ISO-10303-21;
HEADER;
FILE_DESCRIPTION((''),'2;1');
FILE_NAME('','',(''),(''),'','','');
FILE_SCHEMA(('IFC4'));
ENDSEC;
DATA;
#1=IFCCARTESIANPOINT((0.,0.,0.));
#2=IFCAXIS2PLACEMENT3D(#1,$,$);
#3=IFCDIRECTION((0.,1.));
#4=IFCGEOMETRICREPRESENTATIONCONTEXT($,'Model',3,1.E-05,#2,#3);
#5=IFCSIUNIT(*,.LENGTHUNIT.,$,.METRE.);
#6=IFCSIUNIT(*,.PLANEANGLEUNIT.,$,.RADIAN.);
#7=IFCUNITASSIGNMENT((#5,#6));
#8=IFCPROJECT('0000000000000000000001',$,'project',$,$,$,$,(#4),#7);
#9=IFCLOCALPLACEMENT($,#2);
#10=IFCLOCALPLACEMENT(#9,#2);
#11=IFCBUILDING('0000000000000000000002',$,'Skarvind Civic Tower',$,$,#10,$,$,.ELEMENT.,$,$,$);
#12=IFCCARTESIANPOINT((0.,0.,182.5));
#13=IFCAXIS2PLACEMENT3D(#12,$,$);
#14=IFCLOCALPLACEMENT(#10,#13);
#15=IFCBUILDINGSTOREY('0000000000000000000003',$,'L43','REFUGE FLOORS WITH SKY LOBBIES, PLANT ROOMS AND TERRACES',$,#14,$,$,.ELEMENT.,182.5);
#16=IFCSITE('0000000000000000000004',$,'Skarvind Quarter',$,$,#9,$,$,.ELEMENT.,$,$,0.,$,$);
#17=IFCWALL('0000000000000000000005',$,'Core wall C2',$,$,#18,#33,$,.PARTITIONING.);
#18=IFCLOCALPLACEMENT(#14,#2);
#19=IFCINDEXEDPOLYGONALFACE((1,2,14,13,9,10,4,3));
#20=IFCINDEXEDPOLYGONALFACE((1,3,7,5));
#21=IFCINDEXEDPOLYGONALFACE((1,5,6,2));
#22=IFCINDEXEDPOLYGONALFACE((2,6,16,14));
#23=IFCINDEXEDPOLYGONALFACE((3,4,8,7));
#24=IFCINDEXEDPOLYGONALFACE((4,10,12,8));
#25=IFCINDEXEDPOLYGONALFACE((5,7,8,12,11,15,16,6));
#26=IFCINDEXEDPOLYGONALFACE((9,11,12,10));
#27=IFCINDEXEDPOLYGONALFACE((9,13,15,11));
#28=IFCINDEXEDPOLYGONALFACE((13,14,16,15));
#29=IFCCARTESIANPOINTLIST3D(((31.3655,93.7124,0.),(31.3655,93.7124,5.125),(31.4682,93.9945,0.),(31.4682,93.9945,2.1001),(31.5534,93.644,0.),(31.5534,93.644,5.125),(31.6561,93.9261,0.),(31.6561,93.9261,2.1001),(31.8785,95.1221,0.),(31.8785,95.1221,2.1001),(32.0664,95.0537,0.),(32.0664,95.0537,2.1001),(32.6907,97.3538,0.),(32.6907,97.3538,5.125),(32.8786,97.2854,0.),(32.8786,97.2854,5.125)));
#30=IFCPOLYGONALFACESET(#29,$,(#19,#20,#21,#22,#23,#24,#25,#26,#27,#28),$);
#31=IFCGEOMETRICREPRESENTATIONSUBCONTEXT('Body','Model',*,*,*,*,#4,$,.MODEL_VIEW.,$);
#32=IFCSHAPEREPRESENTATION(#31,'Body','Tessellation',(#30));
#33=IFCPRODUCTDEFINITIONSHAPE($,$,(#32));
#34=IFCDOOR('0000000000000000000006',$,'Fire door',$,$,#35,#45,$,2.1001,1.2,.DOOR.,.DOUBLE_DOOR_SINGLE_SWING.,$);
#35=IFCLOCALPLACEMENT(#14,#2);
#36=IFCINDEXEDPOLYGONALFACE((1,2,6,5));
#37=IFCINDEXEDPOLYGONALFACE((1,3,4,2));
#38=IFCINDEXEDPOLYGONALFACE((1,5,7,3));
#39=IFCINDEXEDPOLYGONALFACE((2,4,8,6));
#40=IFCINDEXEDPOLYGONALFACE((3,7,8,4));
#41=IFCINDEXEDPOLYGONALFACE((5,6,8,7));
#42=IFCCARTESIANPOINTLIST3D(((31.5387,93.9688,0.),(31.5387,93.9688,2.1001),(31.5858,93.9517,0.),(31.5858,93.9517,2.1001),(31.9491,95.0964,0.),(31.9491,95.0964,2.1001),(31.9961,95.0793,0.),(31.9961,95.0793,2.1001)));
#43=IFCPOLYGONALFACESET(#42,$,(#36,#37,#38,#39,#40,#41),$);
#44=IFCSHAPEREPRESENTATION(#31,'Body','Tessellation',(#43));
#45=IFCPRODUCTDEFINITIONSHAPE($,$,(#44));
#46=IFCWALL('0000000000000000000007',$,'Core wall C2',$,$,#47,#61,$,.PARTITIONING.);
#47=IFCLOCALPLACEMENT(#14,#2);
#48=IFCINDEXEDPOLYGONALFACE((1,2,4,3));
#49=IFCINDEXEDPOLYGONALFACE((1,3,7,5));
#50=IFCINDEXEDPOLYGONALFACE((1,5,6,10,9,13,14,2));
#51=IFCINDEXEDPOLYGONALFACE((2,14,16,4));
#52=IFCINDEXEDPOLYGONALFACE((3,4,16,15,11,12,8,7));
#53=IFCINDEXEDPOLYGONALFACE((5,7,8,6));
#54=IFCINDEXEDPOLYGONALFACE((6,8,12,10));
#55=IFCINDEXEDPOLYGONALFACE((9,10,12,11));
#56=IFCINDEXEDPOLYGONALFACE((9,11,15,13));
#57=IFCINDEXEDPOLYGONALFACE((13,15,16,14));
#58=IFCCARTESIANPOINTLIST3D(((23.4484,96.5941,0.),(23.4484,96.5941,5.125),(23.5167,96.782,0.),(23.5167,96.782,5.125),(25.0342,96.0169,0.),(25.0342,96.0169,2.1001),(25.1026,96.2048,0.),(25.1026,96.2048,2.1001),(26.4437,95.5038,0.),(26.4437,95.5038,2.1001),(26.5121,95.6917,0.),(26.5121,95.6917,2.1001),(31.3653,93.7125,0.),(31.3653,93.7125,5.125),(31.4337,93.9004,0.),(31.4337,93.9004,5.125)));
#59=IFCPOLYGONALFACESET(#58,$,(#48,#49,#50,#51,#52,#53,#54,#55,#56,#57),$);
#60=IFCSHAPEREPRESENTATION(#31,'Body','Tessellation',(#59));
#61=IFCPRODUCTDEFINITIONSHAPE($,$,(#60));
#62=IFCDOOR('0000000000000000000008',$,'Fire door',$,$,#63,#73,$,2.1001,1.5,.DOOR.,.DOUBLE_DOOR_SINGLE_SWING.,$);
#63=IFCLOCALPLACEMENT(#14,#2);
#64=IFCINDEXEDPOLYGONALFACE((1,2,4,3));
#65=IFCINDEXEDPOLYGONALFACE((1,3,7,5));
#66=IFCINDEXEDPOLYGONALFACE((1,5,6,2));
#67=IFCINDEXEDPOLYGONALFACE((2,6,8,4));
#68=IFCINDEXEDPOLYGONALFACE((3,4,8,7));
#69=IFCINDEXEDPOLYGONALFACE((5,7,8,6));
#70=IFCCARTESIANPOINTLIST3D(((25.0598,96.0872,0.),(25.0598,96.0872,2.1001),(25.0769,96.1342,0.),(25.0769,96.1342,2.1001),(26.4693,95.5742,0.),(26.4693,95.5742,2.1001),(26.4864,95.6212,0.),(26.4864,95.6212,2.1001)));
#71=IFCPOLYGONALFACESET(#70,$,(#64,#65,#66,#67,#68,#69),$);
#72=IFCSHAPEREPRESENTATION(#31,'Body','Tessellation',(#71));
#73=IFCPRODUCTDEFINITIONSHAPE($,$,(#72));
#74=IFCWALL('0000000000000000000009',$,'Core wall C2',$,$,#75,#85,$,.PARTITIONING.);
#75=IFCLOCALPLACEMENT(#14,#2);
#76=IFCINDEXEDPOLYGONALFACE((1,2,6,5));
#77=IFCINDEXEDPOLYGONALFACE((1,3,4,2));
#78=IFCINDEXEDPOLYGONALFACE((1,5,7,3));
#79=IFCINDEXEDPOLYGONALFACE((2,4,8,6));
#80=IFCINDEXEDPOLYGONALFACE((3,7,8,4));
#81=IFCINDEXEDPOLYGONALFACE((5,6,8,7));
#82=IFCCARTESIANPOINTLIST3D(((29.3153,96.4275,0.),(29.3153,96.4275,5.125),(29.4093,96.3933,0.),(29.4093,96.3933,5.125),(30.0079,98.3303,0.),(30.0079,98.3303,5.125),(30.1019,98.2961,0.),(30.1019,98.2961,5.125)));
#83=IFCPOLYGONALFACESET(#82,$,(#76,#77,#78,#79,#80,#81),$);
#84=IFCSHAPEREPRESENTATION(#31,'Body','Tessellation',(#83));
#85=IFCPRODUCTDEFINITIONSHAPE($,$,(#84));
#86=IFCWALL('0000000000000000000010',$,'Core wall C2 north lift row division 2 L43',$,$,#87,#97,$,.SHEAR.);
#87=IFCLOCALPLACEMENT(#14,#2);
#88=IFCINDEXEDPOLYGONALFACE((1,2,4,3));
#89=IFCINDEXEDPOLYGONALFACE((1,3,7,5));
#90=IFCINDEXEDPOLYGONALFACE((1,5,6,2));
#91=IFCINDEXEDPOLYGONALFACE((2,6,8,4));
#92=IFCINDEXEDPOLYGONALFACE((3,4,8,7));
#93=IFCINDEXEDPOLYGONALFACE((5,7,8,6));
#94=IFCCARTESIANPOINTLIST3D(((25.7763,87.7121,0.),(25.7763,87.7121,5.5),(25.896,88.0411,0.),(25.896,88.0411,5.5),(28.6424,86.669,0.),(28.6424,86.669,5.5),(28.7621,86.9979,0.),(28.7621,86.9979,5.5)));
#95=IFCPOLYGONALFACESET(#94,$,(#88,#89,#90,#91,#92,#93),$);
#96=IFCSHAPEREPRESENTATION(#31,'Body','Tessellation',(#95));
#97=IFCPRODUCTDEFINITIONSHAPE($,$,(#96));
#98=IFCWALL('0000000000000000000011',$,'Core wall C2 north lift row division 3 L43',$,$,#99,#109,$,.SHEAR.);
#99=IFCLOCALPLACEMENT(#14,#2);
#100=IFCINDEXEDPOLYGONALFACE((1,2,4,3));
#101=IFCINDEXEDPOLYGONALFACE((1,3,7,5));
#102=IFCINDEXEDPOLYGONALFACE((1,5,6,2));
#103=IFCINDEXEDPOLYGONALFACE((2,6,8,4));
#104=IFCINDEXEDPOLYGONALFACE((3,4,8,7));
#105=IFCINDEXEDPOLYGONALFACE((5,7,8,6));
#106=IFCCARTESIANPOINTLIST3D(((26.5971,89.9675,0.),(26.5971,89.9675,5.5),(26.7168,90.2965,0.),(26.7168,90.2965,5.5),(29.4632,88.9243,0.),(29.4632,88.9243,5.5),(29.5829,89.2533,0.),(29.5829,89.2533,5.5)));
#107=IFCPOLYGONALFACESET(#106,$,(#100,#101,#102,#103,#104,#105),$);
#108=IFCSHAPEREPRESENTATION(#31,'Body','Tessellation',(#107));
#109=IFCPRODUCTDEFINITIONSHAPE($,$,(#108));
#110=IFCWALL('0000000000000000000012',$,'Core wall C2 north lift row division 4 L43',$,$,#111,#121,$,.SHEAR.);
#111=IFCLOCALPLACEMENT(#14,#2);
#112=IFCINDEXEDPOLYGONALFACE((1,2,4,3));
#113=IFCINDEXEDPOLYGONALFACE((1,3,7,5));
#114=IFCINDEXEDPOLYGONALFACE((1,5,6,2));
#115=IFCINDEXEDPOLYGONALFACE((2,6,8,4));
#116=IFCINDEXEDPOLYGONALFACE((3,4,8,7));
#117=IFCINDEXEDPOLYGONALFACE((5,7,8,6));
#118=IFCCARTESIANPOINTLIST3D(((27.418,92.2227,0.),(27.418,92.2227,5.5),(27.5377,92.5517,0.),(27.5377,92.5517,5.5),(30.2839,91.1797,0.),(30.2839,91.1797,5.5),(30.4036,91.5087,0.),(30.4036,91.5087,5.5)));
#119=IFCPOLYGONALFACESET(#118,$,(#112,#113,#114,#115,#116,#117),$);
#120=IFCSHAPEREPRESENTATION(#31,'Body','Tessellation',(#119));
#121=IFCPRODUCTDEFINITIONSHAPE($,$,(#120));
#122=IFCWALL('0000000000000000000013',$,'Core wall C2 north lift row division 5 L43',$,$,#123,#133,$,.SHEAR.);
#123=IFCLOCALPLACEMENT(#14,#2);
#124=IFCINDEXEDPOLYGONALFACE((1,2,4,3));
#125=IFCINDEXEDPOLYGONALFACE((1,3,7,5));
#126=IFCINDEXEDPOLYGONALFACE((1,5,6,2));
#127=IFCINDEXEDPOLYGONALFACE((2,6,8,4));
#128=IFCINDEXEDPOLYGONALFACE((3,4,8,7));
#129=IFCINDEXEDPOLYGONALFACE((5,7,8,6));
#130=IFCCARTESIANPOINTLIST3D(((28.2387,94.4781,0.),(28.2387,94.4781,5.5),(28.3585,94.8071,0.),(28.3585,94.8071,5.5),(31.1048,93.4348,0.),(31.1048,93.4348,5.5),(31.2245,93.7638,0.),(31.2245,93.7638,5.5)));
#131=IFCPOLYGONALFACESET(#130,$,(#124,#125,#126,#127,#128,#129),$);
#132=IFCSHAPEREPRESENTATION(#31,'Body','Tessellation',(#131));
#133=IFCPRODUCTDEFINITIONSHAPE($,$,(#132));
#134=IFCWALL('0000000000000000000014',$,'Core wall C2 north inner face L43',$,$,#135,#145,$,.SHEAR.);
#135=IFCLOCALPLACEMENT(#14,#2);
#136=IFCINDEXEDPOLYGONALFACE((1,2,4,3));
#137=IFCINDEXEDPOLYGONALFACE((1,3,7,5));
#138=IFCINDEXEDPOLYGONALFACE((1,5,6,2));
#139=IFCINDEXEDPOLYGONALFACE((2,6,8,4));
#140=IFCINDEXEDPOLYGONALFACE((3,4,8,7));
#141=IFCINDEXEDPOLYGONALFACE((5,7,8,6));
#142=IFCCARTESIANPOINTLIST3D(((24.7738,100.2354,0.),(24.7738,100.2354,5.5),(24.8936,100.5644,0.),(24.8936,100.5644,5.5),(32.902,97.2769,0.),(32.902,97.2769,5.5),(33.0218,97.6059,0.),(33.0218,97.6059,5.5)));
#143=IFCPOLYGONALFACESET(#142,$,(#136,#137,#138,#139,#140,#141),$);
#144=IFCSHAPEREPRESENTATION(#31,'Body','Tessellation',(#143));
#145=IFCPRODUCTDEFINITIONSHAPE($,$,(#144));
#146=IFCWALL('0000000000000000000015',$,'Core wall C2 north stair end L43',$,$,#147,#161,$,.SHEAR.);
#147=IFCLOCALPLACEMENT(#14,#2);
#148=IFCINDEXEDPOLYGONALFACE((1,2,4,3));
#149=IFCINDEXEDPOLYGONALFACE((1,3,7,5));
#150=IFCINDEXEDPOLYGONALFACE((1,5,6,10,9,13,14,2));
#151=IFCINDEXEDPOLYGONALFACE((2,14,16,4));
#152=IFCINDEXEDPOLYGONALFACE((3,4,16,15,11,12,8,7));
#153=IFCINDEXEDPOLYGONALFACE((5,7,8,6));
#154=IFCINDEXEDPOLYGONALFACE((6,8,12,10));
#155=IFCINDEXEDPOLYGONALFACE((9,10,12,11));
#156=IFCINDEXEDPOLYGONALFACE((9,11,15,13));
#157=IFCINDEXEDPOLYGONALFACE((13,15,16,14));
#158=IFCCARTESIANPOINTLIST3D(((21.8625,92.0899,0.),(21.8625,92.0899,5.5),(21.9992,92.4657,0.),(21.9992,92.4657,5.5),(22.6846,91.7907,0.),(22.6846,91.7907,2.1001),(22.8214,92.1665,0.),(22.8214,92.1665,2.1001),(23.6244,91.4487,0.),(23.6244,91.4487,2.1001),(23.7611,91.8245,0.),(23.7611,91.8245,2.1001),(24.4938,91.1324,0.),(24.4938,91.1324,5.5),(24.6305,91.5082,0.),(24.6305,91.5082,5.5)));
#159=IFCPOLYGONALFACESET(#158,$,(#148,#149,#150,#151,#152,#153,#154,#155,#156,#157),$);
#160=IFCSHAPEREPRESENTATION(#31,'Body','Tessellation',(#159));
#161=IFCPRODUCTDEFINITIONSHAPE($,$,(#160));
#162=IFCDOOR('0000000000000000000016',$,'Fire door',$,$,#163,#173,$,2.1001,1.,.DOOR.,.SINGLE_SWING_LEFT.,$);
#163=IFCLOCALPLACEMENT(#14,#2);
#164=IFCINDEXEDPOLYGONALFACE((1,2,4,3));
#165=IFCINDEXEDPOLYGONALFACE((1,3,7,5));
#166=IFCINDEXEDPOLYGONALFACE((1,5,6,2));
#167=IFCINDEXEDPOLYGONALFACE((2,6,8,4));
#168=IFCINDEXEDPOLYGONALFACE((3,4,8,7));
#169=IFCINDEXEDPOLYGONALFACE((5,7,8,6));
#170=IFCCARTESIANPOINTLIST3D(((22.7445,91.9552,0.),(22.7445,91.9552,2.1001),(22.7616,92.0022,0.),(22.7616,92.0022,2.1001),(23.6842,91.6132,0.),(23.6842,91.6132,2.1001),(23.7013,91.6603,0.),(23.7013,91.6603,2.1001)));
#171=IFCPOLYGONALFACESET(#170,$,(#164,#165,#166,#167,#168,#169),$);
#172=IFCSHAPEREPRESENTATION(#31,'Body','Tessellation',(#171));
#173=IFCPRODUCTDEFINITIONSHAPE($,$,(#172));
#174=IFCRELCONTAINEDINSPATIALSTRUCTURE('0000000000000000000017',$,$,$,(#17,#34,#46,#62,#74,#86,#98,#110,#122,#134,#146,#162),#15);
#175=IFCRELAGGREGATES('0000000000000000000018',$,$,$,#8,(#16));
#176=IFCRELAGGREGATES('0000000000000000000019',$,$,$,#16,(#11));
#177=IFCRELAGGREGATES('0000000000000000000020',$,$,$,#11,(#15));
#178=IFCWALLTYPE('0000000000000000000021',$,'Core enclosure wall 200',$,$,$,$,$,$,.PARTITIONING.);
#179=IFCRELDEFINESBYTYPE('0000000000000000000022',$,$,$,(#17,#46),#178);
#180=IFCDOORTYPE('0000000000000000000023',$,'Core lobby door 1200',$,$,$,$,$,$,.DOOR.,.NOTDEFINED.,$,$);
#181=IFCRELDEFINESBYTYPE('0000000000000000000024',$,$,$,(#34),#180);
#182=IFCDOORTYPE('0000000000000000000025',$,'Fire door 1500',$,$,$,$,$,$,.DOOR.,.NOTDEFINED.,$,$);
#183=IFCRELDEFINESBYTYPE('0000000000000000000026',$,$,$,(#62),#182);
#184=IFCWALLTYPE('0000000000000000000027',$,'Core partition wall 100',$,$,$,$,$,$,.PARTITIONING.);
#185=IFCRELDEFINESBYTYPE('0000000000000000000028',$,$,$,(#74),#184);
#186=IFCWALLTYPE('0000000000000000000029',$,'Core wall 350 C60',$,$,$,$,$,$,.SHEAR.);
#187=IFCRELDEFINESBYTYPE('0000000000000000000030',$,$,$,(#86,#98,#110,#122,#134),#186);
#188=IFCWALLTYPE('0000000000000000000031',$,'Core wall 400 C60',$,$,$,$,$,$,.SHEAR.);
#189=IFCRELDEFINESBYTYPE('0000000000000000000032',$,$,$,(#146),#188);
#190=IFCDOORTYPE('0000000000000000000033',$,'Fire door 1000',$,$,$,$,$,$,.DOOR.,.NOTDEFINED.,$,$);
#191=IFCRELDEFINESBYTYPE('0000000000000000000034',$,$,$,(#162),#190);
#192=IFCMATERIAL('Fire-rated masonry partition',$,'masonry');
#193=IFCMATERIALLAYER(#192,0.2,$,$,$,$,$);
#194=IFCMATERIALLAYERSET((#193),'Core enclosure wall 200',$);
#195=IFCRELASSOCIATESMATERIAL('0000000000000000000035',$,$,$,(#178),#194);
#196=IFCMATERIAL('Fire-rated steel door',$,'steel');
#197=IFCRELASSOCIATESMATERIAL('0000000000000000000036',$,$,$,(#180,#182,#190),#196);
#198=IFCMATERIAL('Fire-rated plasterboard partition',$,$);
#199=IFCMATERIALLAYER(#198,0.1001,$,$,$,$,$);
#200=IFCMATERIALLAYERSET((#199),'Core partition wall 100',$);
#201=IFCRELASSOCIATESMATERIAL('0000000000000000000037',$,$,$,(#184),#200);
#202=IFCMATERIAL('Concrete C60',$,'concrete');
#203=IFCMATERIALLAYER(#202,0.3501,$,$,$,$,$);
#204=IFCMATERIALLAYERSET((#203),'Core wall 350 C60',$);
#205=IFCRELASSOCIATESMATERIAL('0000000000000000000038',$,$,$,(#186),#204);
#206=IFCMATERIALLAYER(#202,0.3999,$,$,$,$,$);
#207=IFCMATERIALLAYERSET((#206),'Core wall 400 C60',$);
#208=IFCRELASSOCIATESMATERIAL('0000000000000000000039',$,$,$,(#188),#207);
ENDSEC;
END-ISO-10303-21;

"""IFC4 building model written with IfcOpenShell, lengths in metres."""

from ifc_helpers import new_model, si_unit, direction, frame, frame_2d, origin, place, context, subcontext, project, spatial, rectangle, extrude, material, layer, layer_set, type_object, element, fill, save


model = new_model("IFC4")

# Units and contexts
model_context = context("Model", 3, precision=1e-05, world=origin(), true_north=direction((0.0, 1.0)))
body_context = subcontext(model_context, "Body", "Model", "MODEL_VIEW")
ifc_project = project(units=[si_unit("LENGTHUNIT", "METRE"), si_unit("PLANEANGLEUNIT", "RADIAN")], contexts=[model_context])

# Site, building, storey
site_placement = place(None, origin())
site = spatial("IfcSite", under=ifc_project, at=site_placement, Name="Skarvind Quarter", CompositionType="ELEMENT", RefElevation=0.0)
building_placement = place(site_placement, origin())
building = spatial("IfcBuilding", under=site, at=building_placement, Name="Skarvind Civic Tower", CompositionType="ELEMENT")
storey_placement = place(building_placement, frame((0.0, 0.0, 182.5)))
storey = spatial("IfcBuildingStorey", under=building, at=storey_placement, Name="L43", Description="REFUGE FLOORS WITH SKY LOBBIES, PLANT ROOMS AND TERRACES", CompositionType="ELEMENT", Elevation=182.5)

# Walls, openings, doors
ifc_material_1 = material(Name="Fire-rated masonry partition", Category="masonry")
ifc_layer_1 = layer(ifc_material_1, 0.2)
ifc_layer_set_1 = layer_set([ifc_layer_1], Name="Core enclosure wall 200")
wall_type_1 = type_object("IfcWallType", Name="Core enclosure wall 200", PredefinedType="PARTITIONING", material=ifc_layer_set_1)
wall_1_placement = place(storey_placement, frame((31.4595, 93.6782, 0.0), z_axis=(0.0, 0.0, 1.0), x_axis=(0.341986, 0.939705, 0.0)))
wall_1 = element("IfcWall", 1, at=wall_1_placement, inside=storey, type_object=wall_type_1, Name="Core wall C2", PredefinedType="PARTITIONING", context=body_context, shape_type="SweptSolid", body=[
    extrude(rectangle(XDim=3.875, YDim=0.2, at=frame_2d((1.9375, 0.0))), origin(), (0.0, 0.0, 1.0), 5.125),
])
opening_1_placement = place(wall_1_placement, frame((0.3, 0.0, 0.0)))
opening_1 = element("IfcOpeningElement", 2, at=opening_1_placement, cuts=wall_1, PredefinedType="OPENING", context=body_context, shape_type="SweptSolid", body=[
    extrude(rectangle(XDim=1.2, YDim=2.1001, at=frame_2d((0.6001, 1.05))), frame((0.0, 0.1099, 0.0), z_axis=(0.0, -1.0, 0.0), x_axis=(1.0, 0.0, 0.0)), (0.0, 0.0, 1.0), 0.22),
])
ifc_material_2 = material(Name="Fire-rated steel door", Category="steel")
door_type_1 = type_object("IfcDoorType", Name="Core lobby door 1200", OperationType="NOTDEFINED", PredefinedType="DOOR", material=ifc_material_2)
door_1_placement = place(opening_1_placement, origin())
door_1 = element("IfcDoor", 3, at=door_1_placement, inside=storey, type_object=door_type_1, Name="Fire door", OperationType="DOUBLE_DOOR_SINGLE_SWING", OverallHeight=2.1001, OverallWidth=1.2, PredefinedType="DOOR", context=body_context, shape_type="SweptSolid", body=[
    extrude(rectangle(XDim=1.2, YDim=2.1001, at=frame_2d((0.6001, 1.05))), frame((0.0, 0.0249, 0.0), z_axis=(0.0, -1.0, 0.0), x_axis=(1.0, 0.0, 0.0)), (0.0, 0.0, 1.0), 0.05),
])
fill(opening_1, door_1)
wall_2_placement = place(storey_placement, frame((23.4827, 96.688, 0.0), z_axis=(0.0, 0.0, 1.0), x_axis=(0.939691, -0.342025, 0.0)))
wall_2 = element("IfcWall", 4, at=wall_2_placement, inside=storey, type_object=wall_type_1, Name="Core wall C2", PredefinedType="PARTITIONING", context=body_context, shape_type="SweptSolid", body=[
    extrude(rectangle(XDim=8.425, YDim=0.2, at=frame_2d((4.2124, 0.0))), origin(), (0.0, 0.0, 1.0), 5.125),
])
opening_2_placement = place(wall_2_placement, frame((1.6875, 0.0, 0.0)))
opening_2 = element("IfcOpeningElement", 5, at=opening_2_placement, cuts=wall_2, PredefinedType="OPENING", context=body_context, shape_type="SweptSolid", body=[
    extrude(rectangle(XDim=1.5, YDim=2.1001, at=frame_2d((0.75, 1.05))), frame((0.0, 0.1099, 0.0), z_axis=(0.0, -1.0, 0.0), x_axis=(1.0, 0.0, 0.0)), (0.0, 0.0, 1.0), 0.22),
])
door_type_2 = type_object("IfcDoorType", Name="Fire door 1500", OperationType="NOTDEFINED", PredefinedType="DOOR", material=ifc_material_2)
door_2_placement = place(opening_2_placement, origin())
door_2 = element("IfcDoor", 6, at=door_2_placement, inside=storey, type_object=door_type_2, Name="Fire door", OperationType="DOUBLE_DOOR_SINGLE_SWING", OverallHeight=2.1001, OverallWidth=1.5, PredefinedType="DOOR", context=body_context, shape_type="SweptSolid", body=[
    extrude(rectangle(XDim=1.5, YDim=2.1001, at=frame_2d((0.75, 1.05))), frame((0.0, 0.0249, 0.0), z_axis=(0.0, -1.0, 0.0), x_axis=(1.0, 0.0, 0.0)), (0.0, 0.0, 1.0), 0.05),
])
fill(opening_2, door_2)

# Walls
ifc_material_3 = material(Name="Fire-rated plasterboard partition")
ifc_layer_2 = layer(ifc_material_3, 0.1001)
ifc_layer_set_2 = layer_set([ifc_layer_2], Name="Core partition wall 100")
wall_type_2 = type_object("IfcWallType", Name="Core partition wall 100", PredefinedType="PARTITIONING", material=ifc_layer_set_2)
wall_3_placement = place(storey_placement, frame((29.3623, 96.4104, 0.0), z_axis=(0.0, 0.0, 1.0), x_axis=(0.342043, 0.939684, 0.0)))
element("IfcWall", 7, at=wall_3_placement, inside=storey, type_object=wall_type_2, Name="Core wall C2", PredefinedType="PARTITIONING", context=body_context, shape_type="SweptSolid", body=[
    extrude(rectangle(XDim=2.0249, YDim=0.1001, at=frame_2d((1.0125, 0.0))), origin(), (0.0, 0.0, 1.0), 5.125),
])
ifc_material_4 = material(Name="Concrete C60", Category="concrete")
ifc_layer_3 = layer(ifc_material_4, 0.3501)
ifc_layer_set_3 = layer_set([ifc_layer_3], Name="Core wall 350 C60")
wall_type_3 = type_object("IfcWallType", Name="Core wall 350 C60", PredefinedType="SHEAR", material=ifc_layer_set_3)
for number, where, z_axis, x_axis, name in (
    (8, (28.7021, 86.8335, 0.0), (0.0, 0.0, 1.0), (-0.939693, 0.342019, 0.0), "Core wall C2 north lift row division 2 L43"),
    (9, (29.5229, 89.0889, 0.0), (0.0, 0.0, 1.0), (-0.939693, 0.342019, 0.0), "Core wall C2 north lift row division 3 L43"),
):
    element("IfcWall", number, at=place(storey_placement, frame(where, z_axis=z_axis, x_axis=x_axis)), inside=storey, type_object=wall_type_3, Name=name, PredefinedType="SHEAR", context=body_context, shape_type="SweptSolid", body=[
        extrude(rectangle(XDim=3.05, YDim=0.3501, at=frame_2d((1.5249, 0.0))), origin(), (0.0, 0.0, 1.0), 5.5),
    ])
wall_4_placement = place(storey_placement, frame((30.3438, 91.3442, 0.0), z_axis=(0.0, 0.0, 1.0), x_axis=(-0.939709, 0.341974, 0.0)))
element("IfcWall", 10, at=wall_4_placement, inside=storey, type_object=wall_type_3, Name="Core wall C2 north lift row division 4 L43", PredefinedType="SHEAR", context=body_context, shape_type="SweptSolid", body=[
    extrude(rectangle(XDim=3.0498, YDim=0.3501, at=frame_2d((1.5249, 0.0))), origin(), (0.0, 0.0, 1.0), 5.5),
])
wall_5_placement = place(storey_placement, frame((31.1646, 93.5994, 0.0), z_axis=(0.0, 0.0, 1.0), x_axis=(-0.939684, 0.342045, 0.0)))
element("IfcWall", 11, at=wall_5_placement, inside=storey, type_object=wall_type_3, Name="Core wall C2 north lift row division 5 L43", PredefinedType="SHEAR", context=body_context, shape_type="SweptSolid", body=[
    extrude(rectangle(XDim=3.05, YDim=0.3501, at=frame_2d((1.5249, 0.0))), origin(), (0.0, 0.0, 1.0), 5.5),
])
wall_6_placement = place(storey_placement, frame((32.9619, 97.4414, 0.0), z_axis=(0.0, 0.0, 1.0), x_axis=(-0.93969, 0.342029, 0.0)))
element("IfcWall", 12, at=wall_6_placement, inside=storey, type_object=wall_type_3, Name="Core wall C2 north inner face L43", PredefinedType="SHEAR", context=body_context, shape_type="SweptSolid", body=[
    extrude(rectangle(XDim=8.6499, YDim=0.3501, at=frame_2d((4.325, 0.0))), origin(), (0.0, 0.0, 1.0), 5.5),
])

# Wall, opening, door
ifc_layer_4 = layer(ifc_material_4, 0.3999)
ifc_layer_set_4 = layer_set([ifc_layer_4], Name="Core wall 400 C60")
wall_type_4 = type_object("IfcWallType", Name="Core wall 400 C60", PredefinedType="SHEAR", material=ifc_layer_set_4)
wall_7_placement = place(storey_placement, frame((24.562, 91.3203, 0.0), z_axis=(0.0, 0.0, 1.0), x_axis=(-0.939717, 0.341953, 0.0)))
wall_7 = element("IfcWall", 13, at=wall_7_placement, inside=storey, type_object=wall_type_4, Name="Core wall C2 north stair end L43", PredefinedType="SHEAR", context=body_context, shape_type="SweptSolid", body=[
    extrude(rectangle(XDim=2.8, YDim=0.3999, at=frame_2d((1.3999, 0.0))), origin(), (0.0, 0.0, 1.0), 5.5),
])
opening_3_placement = place(wall_7_placement, frame((0.925, 0.0, 0.0)))
opening_3 = element("IfcOpeningElement", 14, at=opening_3_placement, cuts=wall_7, PredefinedType="OPENING", context=body_context, shape_type="SweptSolid", body=[
    extrude(rectangle(XDim=1.0, YDim=2.1001, at=frame_2d((0.5, 1.05))), frame((0.0, 0.21, 0.0), z_axis=(0.0, -1.0, 0.0), x_axis=(1.0, 0.0, 0.0)), (0.0, 0.0, 1.0), 0.4199),
])
door_type_3 = type_object("IfcDoorType", Name="Fire door 1000", OperationType="NOTDEFINED", PredefinedType="DOOR", material=ifc_material_2)
door_3_placement = place(opening_3_placement, origin())
door_3 = element("IfcDoor", 15, at=door_3_placement, inside=storey, type_object=door_type_3, Name="Fire door", OperationType="SINGLE_SWING_LEFT", OverallHeight=2.1001, OverallWidth=1.0, PredefinedType="DOOR", context=body_context, shape_type="SweptSolid", body=[
    extrude(rectangle(XDim=1.0, YDim=2.1001, at=frame_2d((0.5, 1.05))), frame((0.0, 0.0249, 0.0), z_axis=(0.0, -1.0, 0.0), x_axis=(1.0, 0.0, 0.0)), (0.0, 0.0, 1.0), 0.05),
])
fill(opening_3, door_3)

save(model, "model.ifc")
